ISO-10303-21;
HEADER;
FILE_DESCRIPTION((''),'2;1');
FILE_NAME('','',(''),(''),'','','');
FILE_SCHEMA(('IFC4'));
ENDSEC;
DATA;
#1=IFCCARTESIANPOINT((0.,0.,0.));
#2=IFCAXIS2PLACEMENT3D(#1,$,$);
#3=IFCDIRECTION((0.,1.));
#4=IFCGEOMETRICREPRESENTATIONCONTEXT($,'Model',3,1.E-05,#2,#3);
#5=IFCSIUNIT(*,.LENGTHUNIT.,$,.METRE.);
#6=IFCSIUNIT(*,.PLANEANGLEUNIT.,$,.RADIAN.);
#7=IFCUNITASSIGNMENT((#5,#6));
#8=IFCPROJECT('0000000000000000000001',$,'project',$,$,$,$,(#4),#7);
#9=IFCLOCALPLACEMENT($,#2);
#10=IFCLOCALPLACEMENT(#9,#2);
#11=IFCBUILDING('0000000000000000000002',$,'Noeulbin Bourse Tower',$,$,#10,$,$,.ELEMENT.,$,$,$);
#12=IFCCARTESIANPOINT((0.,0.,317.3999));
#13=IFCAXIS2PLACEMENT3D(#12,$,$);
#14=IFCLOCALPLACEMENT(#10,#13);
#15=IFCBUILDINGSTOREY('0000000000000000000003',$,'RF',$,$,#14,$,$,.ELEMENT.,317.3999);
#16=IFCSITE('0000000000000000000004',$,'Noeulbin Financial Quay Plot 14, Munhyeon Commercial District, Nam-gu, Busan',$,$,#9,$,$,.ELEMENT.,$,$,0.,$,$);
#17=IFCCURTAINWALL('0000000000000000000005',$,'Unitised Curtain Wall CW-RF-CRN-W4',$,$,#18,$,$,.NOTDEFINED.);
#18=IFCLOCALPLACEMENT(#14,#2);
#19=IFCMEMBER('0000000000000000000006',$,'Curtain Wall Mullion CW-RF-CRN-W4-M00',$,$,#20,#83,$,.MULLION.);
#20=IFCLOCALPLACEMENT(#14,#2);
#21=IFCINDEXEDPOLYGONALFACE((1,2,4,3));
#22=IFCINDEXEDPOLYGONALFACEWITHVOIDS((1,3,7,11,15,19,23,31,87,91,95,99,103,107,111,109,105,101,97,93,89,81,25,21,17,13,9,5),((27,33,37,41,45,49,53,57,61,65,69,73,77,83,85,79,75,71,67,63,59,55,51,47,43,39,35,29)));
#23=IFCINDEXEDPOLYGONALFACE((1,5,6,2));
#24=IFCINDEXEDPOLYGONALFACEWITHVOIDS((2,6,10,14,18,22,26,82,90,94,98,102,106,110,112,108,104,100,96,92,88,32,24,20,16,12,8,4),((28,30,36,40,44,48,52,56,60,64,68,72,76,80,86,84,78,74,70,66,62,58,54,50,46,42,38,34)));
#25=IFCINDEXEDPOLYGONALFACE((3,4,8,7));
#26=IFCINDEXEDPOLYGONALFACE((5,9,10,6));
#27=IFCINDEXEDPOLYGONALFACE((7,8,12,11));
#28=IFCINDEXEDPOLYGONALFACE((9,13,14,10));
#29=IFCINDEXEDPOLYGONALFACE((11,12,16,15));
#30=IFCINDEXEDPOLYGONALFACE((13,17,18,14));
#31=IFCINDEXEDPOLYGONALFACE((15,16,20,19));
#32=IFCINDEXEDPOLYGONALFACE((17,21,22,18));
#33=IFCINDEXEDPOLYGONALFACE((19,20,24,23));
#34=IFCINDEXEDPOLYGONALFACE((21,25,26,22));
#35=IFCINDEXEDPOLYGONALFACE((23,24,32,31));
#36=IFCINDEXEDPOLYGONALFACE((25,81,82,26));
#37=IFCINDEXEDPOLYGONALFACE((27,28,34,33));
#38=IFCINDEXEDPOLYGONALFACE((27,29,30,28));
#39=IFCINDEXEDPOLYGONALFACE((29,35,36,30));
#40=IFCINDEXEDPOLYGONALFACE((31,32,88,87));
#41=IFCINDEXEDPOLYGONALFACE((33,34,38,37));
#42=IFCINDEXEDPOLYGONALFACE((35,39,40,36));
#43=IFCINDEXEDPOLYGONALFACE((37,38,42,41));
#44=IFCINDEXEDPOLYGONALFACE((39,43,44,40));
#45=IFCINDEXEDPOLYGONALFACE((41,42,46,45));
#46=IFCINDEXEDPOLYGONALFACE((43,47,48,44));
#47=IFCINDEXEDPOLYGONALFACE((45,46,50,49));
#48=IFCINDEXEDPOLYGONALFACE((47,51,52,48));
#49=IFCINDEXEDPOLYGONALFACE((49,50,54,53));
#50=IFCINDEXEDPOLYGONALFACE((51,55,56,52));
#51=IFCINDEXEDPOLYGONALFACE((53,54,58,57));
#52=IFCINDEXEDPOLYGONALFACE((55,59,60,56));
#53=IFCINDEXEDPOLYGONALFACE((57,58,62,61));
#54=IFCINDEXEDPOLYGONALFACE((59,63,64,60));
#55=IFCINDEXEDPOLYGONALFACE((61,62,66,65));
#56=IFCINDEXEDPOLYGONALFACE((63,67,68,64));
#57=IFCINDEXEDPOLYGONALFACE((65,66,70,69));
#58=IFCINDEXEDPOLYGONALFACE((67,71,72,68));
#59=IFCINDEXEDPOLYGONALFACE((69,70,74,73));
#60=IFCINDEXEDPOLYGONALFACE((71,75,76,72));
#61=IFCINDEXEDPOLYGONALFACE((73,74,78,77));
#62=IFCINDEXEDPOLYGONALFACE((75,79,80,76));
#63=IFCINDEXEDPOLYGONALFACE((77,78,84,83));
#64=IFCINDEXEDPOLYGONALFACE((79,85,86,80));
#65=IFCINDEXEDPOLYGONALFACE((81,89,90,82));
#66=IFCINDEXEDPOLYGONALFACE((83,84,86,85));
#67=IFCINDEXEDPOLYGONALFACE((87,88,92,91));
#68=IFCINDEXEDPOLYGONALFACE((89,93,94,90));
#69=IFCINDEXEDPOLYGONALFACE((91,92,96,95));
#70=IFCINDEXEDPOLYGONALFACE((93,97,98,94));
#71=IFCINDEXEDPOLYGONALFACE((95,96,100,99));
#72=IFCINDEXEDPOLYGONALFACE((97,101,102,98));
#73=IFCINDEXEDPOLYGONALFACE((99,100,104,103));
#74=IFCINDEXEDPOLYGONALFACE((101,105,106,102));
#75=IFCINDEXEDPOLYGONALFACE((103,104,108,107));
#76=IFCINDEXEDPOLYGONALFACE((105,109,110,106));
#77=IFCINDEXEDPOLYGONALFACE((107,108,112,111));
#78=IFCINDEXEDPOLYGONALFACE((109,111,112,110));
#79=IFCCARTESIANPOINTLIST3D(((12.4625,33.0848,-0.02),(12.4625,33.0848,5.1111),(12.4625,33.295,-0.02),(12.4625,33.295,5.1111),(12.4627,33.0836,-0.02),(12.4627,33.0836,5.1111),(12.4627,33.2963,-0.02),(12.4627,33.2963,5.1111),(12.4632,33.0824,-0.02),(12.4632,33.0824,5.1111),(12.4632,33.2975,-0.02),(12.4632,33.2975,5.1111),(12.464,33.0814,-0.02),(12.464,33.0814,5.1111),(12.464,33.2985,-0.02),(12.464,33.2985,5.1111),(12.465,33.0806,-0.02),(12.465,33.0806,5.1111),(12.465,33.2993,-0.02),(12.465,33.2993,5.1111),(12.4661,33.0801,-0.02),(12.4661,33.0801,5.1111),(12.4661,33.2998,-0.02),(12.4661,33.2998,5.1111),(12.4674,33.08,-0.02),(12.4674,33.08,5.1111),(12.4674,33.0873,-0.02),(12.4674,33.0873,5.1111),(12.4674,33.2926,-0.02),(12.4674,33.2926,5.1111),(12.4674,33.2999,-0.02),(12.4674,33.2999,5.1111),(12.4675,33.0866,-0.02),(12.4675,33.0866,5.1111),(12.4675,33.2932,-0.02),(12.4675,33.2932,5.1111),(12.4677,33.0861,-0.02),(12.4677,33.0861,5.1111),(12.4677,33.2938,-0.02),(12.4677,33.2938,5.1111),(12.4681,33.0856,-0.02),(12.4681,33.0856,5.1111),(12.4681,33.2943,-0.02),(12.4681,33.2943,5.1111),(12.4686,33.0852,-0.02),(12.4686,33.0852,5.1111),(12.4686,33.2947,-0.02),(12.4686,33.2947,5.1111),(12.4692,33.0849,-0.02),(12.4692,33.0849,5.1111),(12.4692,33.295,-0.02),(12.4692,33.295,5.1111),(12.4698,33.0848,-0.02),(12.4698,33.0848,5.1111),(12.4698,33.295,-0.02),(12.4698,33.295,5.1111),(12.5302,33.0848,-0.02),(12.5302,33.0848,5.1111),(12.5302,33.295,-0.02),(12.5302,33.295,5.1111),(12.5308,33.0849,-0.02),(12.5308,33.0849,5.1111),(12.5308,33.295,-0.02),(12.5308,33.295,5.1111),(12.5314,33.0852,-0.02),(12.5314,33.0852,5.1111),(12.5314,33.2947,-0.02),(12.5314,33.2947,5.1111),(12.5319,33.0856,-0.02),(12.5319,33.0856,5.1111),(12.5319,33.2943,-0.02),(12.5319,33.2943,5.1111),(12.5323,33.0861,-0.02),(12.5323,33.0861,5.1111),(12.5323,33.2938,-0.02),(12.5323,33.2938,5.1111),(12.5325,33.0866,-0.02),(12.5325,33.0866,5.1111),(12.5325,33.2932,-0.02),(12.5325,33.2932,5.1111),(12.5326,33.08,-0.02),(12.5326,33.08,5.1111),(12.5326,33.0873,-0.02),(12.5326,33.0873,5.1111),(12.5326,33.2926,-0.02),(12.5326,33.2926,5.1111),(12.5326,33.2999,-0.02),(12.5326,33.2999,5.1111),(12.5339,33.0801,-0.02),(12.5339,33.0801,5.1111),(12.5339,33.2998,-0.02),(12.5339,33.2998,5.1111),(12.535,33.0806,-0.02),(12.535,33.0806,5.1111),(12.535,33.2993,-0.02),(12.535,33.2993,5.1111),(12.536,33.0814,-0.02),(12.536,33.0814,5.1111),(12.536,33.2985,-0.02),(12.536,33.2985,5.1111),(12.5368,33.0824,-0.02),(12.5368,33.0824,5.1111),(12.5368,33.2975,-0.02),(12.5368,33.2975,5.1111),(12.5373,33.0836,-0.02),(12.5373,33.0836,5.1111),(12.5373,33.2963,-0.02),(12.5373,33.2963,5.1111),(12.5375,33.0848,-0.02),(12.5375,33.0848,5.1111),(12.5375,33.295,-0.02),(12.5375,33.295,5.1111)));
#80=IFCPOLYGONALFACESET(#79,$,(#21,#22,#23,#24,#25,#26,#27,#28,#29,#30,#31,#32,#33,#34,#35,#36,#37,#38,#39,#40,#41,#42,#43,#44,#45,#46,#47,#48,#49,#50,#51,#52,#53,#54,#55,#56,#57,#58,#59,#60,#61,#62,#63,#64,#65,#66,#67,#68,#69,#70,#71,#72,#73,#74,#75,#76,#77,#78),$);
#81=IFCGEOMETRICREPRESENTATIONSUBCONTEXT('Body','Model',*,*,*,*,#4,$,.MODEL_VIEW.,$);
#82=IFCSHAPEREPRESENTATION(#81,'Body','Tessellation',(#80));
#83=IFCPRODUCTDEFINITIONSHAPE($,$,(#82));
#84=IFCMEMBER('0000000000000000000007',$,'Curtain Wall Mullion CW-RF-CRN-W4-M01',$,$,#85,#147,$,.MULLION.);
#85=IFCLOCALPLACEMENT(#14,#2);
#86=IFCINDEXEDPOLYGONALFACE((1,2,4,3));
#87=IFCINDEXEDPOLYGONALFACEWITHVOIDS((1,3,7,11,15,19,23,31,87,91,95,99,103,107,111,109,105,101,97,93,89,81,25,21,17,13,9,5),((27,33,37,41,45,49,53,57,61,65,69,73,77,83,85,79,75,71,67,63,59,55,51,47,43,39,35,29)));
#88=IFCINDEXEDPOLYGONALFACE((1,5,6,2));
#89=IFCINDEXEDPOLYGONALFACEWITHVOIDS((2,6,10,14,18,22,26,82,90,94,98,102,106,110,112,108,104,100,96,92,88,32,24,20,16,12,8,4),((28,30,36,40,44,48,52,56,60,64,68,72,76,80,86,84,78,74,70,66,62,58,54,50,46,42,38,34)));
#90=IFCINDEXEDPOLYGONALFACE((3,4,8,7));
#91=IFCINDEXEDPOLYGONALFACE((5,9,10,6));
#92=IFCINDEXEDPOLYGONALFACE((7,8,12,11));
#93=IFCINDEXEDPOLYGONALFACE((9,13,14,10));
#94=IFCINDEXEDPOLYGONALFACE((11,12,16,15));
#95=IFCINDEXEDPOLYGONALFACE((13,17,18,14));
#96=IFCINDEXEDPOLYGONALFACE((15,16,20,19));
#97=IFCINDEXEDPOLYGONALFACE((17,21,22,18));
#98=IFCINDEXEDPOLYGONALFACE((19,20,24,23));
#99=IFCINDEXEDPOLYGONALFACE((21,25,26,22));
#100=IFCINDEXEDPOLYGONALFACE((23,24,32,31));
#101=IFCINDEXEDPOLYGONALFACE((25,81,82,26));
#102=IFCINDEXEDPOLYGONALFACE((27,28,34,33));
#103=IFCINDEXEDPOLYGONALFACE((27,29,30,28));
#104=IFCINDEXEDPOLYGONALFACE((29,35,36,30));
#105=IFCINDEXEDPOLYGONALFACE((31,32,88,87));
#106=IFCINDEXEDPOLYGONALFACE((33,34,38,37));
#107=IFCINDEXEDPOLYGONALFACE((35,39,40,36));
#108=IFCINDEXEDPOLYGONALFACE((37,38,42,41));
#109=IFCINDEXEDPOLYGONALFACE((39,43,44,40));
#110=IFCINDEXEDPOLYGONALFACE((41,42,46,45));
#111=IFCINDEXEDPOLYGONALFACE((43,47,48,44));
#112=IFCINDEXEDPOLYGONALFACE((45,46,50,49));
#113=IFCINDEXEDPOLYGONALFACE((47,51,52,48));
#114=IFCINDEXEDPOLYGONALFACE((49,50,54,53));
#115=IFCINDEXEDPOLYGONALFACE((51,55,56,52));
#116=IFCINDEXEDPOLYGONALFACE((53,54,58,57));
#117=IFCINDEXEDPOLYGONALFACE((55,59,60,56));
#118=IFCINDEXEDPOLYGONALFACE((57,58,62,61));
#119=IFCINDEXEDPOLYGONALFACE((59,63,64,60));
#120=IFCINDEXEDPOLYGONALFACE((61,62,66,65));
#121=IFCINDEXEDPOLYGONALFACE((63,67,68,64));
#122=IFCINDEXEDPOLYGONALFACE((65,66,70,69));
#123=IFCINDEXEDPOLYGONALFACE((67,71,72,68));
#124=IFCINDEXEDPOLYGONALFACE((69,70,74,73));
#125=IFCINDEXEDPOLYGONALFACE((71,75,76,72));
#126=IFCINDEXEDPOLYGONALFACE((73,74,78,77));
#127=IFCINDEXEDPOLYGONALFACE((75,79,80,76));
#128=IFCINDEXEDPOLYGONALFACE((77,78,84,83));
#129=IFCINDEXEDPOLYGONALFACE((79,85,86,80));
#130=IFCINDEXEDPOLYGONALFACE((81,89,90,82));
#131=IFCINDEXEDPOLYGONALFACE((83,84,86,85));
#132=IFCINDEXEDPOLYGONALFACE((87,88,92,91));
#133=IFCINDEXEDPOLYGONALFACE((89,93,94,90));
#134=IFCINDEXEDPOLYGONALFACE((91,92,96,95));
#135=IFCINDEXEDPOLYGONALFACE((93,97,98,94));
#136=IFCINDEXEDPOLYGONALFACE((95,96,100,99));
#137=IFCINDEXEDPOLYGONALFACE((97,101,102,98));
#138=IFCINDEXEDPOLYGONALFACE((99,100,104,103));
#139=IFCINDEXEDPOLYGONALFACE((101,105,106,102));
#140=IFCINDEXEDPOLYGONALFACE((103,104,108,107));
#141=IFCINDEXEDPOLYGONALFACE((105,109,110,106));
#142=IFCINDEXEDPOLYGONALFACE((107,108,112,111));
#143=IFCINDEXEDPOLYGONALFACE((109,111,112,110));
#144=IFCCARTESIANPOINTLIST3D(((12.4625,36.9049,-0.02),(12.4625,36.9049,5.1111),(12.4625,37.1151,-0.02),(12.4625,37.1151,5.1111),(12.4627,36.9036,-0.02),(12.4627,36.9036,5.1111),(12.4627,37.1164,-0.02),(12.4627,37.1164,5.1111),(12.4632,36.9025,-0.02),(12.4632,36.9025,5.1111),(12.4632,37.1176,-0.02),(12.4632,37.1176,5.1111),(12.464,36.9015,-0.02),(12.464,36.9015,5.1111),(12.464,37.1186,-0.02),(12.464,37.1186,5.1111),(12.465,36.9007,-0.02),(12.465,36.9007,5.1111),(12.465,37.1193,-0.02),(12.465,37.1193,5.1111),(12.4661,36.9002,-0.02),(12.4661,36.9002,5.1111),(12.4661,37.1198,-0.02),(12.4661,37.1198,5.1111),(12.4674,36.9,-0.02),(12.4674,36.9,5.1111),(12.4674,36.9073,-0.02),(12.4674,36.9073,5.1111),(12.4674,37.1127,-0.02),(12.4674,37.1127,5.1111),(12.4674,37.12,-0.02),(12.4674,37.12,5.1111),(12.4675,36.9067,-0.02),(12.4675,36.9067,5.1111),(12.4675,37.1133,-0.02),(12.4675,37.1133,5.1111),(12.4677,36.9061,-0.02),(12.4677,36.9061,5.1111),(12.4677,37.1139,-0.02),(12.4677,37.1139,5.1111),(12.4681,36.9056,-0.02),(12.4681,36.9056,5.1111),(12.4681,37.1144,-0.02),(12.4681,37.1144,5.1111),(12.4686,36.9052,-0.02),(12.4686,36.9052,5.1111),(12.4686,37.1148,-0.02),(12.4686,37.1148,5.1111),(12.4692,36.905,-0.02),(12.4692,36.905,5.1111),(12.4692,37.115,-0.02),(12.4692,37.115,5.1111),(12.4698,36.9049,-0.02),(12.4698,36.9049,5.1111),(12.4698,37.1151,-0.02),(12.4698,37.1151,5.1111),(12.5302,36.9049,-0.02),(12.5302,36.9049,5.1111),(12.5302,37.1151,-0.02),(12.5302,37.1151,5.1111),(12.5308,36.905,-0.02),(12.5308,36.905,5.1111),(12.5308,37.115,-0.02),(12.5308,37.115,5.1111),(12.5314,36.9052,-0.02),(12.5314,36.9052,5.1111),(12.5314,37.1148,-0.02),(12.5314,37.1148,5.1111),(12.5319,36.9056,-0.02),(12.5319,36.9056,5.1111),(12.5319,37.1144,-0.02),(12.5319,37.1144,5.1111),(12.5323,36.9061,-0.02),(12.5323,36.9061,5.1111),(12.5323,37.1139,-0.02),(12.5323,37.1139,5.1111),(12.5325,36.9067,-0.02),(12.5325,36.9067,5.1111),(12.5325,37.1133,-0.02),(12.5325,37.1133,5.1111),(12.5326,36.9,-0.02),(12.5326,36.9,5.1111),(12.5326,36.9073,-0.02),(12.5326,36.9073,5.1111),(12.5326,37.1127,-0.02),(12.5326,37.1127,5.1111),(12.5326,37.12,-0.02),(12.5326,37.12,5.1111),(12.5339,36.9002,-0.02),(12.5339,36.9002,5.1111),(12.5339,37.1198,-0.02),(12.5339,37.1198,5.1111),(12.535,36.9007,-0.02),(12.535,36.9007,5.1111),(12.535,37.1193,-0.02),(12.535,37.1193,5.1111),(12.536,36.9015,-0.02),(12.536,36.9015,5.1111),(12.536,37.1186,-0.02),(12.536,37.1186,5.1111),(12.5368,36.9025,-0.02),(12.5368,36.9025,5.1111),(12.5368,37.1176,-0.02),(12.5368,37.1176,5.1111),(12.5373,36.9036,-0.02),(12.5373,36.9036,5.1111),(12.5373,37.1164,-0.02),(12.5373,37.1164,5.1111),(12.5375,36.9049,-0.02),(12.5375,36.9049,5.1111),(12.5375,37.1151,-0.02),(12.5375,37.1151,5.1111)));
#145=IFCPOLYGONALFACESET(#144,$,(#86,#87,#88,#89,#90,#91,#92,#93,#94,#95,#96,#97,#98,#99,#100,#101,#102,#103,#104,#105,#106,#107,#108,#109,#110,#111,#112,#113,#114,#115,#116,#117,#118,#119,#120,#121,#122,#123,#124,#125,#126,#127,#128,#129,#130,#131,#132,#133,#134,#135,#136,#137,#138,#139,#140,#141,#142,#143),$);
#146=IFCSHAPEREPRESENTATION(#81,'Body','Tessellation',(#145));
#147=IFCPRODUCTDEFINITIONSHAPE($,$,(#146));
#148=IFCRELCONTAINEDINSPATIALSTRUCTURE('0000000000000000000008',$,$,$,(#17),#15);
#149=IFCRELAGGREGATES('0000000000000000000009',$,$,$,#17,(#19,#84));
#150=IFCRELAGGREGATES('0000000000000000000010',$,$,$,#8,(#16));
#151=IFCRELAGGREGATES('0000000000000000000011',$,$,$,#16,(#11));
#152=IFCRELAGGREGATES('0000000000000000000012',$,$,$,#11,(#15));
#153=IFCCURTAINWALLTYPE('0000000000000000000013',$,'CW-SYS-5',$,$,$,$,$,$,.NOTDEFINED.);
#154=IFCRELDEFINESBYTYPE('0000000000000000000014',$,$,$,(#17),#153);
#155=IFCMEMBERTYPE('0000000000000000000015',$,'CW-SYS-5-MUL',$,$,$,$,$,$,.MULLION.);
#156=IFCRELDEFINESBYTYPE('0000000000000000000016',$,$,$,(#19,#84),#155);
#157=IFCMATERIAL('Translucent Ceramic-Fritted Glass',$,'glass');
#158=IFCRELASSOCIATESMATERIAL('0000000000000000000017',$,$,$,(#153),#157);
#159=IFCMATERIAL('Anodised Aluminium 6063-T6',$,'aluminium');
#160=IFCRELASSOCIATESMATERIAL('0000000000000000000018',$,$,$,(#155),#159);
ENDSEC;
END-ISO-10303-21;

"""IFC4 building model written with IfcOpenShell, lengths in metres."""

from ifc_helpers import new_model, si_unit, direction, frame, origin, origin_2d, place, context, subcontext, project, spatial, hollow_rectangle, extrude, material, material_profile, profile_set, type_object, element, aggregate, save


model = new_model("IFC4")

# Units and contexts
model_context = context("Model", 3, precision=1e-05, world=origin(), true_north=direction((0.0, 1.0)))
body_context = subcontext(model_context, "Body", "Model", "MODEL_VIEW")
ifc_project = project(units=[si_unit("LENGTHUNIT", "METRE"), si_unit("PLANEANGLEUNIT", "RADIAN")], contexts=[model_context])

# Site, building, storey
site_placement = place(None, origin())
site = spatial("IfcSite", under=ifc_project, at=site_placement, Name="Noeulbin Financial Quay Plot 14, Munhyeon Commercial District, Nam-gu, Busan", CompositionType="ELEMENT", RefElevation=0.0)
building_placement = place(site_placement, origin())
building = spatial("IfcBuilding", under=site, at=building_placement, Name="Noeulbin Bourse Tower", CompositionType="ELEMENT")
storey_placement = place(building_placement, frame((0.0, 0.0, 317.3999)))
storey = spatial("IfcBuildingStorey", under=building, at=storey_placement, Name="RF", CompositionType="ELEMENT", Elevation=317.3999)

# Curtain wall, members
ifc_material_1 = material(Name="Translucent Ceramic-Fritted Glass", Category="glass")
curtain_wall_type = type_object("IfcCurtainWallType", Name="CW-SYS-5", PredefinedType="NOTDEFINED", material=ifc_material_1)
ifc_material_2 = material(Name="Anodised Aluminium 6063-T6", Category="aluminium")
ifc_material_profile_1 = material_profile(ifc_material_2, hollow_rectangle(XDim=0.075, YDim=0.22, WallThickness=0.0049, InnerFilletRadius=0.0024, OuterFilletRadius=0.0049, at=origin_2d()), Name="ALU-MULL-75x220x5", Category="LoadBearing")
ifc_profile_set_1 = profile_set([ifc_material_profile_1], Name="Anodised Aluminium 6063-T6")
member_type_1 = type_object("IfcMemberType", Name="CW-SYS-5-MUL", PredefinedType="MULLION", material=ifc_profile_set_1)
curtain_wall_1_placement = place(storey_placement, origin())
curtain_wall_1 = element("IfcCurtainWall", 1, at=curtain_wall_1_placement, inside=storey, type_object=curtain_wall_type, Name="Unitised Curtain Wall CW-RF-CRN-W4", PredefinedType="NOTDEFINED")
member_1_placement = place(storey_placement, frame((12.5, 33.1899, -0.02), z_axis=(0.0, 0.0, 1.0), x_axis=(1.0, 0.0, 0.0)))
member_1 = element("IfcMember", 2, at=member_1_placement, type_object=member_type_1, Name="Curtain Wall Mullion CW-RF-CRN-W4-M00", PredefinedType="MULLION", context=body_context, shape_type="SweptSolid", body=[
    extrude(hollow_rectangle(XDim=0.075, YDim=0.22, WallThickness=0.0049, InnerFilletRadius=0.0024, OuterFilletRadius=0.0049, at=origin_2d()), origin(), (0.0, 0.0, 1.0), 5.1311),
])
member_2_placement = place(storey_placement, frame((12.5, 37.01, -0.02), z_axis=(0.0, 0.0, 1.0), x_axis=(1.0, 0.0, 0.0)))
member_2 = element("IfcMember", 3, at=member_2_placement, type_object=member_type_1, Name="Curtain Wall Mullion CW-RF-CRN-W4-M01", PredefinedType="MULLION", context=body_context, shape_type="SweptSolid", body=[
    extrude(hollow_rectangle(XDim=0.075, YDim=0.22, WallThickness=0.0049, InnerFilletRadius=0.0024, OuterFilletRadius=0.0049, at=origin_2d()), origin(), (0.0, 0.0, 1.0), 5.1311),
])

aggregate(curtain_wall_1, [member_1, member_2])

save(model, "model.ifc")
